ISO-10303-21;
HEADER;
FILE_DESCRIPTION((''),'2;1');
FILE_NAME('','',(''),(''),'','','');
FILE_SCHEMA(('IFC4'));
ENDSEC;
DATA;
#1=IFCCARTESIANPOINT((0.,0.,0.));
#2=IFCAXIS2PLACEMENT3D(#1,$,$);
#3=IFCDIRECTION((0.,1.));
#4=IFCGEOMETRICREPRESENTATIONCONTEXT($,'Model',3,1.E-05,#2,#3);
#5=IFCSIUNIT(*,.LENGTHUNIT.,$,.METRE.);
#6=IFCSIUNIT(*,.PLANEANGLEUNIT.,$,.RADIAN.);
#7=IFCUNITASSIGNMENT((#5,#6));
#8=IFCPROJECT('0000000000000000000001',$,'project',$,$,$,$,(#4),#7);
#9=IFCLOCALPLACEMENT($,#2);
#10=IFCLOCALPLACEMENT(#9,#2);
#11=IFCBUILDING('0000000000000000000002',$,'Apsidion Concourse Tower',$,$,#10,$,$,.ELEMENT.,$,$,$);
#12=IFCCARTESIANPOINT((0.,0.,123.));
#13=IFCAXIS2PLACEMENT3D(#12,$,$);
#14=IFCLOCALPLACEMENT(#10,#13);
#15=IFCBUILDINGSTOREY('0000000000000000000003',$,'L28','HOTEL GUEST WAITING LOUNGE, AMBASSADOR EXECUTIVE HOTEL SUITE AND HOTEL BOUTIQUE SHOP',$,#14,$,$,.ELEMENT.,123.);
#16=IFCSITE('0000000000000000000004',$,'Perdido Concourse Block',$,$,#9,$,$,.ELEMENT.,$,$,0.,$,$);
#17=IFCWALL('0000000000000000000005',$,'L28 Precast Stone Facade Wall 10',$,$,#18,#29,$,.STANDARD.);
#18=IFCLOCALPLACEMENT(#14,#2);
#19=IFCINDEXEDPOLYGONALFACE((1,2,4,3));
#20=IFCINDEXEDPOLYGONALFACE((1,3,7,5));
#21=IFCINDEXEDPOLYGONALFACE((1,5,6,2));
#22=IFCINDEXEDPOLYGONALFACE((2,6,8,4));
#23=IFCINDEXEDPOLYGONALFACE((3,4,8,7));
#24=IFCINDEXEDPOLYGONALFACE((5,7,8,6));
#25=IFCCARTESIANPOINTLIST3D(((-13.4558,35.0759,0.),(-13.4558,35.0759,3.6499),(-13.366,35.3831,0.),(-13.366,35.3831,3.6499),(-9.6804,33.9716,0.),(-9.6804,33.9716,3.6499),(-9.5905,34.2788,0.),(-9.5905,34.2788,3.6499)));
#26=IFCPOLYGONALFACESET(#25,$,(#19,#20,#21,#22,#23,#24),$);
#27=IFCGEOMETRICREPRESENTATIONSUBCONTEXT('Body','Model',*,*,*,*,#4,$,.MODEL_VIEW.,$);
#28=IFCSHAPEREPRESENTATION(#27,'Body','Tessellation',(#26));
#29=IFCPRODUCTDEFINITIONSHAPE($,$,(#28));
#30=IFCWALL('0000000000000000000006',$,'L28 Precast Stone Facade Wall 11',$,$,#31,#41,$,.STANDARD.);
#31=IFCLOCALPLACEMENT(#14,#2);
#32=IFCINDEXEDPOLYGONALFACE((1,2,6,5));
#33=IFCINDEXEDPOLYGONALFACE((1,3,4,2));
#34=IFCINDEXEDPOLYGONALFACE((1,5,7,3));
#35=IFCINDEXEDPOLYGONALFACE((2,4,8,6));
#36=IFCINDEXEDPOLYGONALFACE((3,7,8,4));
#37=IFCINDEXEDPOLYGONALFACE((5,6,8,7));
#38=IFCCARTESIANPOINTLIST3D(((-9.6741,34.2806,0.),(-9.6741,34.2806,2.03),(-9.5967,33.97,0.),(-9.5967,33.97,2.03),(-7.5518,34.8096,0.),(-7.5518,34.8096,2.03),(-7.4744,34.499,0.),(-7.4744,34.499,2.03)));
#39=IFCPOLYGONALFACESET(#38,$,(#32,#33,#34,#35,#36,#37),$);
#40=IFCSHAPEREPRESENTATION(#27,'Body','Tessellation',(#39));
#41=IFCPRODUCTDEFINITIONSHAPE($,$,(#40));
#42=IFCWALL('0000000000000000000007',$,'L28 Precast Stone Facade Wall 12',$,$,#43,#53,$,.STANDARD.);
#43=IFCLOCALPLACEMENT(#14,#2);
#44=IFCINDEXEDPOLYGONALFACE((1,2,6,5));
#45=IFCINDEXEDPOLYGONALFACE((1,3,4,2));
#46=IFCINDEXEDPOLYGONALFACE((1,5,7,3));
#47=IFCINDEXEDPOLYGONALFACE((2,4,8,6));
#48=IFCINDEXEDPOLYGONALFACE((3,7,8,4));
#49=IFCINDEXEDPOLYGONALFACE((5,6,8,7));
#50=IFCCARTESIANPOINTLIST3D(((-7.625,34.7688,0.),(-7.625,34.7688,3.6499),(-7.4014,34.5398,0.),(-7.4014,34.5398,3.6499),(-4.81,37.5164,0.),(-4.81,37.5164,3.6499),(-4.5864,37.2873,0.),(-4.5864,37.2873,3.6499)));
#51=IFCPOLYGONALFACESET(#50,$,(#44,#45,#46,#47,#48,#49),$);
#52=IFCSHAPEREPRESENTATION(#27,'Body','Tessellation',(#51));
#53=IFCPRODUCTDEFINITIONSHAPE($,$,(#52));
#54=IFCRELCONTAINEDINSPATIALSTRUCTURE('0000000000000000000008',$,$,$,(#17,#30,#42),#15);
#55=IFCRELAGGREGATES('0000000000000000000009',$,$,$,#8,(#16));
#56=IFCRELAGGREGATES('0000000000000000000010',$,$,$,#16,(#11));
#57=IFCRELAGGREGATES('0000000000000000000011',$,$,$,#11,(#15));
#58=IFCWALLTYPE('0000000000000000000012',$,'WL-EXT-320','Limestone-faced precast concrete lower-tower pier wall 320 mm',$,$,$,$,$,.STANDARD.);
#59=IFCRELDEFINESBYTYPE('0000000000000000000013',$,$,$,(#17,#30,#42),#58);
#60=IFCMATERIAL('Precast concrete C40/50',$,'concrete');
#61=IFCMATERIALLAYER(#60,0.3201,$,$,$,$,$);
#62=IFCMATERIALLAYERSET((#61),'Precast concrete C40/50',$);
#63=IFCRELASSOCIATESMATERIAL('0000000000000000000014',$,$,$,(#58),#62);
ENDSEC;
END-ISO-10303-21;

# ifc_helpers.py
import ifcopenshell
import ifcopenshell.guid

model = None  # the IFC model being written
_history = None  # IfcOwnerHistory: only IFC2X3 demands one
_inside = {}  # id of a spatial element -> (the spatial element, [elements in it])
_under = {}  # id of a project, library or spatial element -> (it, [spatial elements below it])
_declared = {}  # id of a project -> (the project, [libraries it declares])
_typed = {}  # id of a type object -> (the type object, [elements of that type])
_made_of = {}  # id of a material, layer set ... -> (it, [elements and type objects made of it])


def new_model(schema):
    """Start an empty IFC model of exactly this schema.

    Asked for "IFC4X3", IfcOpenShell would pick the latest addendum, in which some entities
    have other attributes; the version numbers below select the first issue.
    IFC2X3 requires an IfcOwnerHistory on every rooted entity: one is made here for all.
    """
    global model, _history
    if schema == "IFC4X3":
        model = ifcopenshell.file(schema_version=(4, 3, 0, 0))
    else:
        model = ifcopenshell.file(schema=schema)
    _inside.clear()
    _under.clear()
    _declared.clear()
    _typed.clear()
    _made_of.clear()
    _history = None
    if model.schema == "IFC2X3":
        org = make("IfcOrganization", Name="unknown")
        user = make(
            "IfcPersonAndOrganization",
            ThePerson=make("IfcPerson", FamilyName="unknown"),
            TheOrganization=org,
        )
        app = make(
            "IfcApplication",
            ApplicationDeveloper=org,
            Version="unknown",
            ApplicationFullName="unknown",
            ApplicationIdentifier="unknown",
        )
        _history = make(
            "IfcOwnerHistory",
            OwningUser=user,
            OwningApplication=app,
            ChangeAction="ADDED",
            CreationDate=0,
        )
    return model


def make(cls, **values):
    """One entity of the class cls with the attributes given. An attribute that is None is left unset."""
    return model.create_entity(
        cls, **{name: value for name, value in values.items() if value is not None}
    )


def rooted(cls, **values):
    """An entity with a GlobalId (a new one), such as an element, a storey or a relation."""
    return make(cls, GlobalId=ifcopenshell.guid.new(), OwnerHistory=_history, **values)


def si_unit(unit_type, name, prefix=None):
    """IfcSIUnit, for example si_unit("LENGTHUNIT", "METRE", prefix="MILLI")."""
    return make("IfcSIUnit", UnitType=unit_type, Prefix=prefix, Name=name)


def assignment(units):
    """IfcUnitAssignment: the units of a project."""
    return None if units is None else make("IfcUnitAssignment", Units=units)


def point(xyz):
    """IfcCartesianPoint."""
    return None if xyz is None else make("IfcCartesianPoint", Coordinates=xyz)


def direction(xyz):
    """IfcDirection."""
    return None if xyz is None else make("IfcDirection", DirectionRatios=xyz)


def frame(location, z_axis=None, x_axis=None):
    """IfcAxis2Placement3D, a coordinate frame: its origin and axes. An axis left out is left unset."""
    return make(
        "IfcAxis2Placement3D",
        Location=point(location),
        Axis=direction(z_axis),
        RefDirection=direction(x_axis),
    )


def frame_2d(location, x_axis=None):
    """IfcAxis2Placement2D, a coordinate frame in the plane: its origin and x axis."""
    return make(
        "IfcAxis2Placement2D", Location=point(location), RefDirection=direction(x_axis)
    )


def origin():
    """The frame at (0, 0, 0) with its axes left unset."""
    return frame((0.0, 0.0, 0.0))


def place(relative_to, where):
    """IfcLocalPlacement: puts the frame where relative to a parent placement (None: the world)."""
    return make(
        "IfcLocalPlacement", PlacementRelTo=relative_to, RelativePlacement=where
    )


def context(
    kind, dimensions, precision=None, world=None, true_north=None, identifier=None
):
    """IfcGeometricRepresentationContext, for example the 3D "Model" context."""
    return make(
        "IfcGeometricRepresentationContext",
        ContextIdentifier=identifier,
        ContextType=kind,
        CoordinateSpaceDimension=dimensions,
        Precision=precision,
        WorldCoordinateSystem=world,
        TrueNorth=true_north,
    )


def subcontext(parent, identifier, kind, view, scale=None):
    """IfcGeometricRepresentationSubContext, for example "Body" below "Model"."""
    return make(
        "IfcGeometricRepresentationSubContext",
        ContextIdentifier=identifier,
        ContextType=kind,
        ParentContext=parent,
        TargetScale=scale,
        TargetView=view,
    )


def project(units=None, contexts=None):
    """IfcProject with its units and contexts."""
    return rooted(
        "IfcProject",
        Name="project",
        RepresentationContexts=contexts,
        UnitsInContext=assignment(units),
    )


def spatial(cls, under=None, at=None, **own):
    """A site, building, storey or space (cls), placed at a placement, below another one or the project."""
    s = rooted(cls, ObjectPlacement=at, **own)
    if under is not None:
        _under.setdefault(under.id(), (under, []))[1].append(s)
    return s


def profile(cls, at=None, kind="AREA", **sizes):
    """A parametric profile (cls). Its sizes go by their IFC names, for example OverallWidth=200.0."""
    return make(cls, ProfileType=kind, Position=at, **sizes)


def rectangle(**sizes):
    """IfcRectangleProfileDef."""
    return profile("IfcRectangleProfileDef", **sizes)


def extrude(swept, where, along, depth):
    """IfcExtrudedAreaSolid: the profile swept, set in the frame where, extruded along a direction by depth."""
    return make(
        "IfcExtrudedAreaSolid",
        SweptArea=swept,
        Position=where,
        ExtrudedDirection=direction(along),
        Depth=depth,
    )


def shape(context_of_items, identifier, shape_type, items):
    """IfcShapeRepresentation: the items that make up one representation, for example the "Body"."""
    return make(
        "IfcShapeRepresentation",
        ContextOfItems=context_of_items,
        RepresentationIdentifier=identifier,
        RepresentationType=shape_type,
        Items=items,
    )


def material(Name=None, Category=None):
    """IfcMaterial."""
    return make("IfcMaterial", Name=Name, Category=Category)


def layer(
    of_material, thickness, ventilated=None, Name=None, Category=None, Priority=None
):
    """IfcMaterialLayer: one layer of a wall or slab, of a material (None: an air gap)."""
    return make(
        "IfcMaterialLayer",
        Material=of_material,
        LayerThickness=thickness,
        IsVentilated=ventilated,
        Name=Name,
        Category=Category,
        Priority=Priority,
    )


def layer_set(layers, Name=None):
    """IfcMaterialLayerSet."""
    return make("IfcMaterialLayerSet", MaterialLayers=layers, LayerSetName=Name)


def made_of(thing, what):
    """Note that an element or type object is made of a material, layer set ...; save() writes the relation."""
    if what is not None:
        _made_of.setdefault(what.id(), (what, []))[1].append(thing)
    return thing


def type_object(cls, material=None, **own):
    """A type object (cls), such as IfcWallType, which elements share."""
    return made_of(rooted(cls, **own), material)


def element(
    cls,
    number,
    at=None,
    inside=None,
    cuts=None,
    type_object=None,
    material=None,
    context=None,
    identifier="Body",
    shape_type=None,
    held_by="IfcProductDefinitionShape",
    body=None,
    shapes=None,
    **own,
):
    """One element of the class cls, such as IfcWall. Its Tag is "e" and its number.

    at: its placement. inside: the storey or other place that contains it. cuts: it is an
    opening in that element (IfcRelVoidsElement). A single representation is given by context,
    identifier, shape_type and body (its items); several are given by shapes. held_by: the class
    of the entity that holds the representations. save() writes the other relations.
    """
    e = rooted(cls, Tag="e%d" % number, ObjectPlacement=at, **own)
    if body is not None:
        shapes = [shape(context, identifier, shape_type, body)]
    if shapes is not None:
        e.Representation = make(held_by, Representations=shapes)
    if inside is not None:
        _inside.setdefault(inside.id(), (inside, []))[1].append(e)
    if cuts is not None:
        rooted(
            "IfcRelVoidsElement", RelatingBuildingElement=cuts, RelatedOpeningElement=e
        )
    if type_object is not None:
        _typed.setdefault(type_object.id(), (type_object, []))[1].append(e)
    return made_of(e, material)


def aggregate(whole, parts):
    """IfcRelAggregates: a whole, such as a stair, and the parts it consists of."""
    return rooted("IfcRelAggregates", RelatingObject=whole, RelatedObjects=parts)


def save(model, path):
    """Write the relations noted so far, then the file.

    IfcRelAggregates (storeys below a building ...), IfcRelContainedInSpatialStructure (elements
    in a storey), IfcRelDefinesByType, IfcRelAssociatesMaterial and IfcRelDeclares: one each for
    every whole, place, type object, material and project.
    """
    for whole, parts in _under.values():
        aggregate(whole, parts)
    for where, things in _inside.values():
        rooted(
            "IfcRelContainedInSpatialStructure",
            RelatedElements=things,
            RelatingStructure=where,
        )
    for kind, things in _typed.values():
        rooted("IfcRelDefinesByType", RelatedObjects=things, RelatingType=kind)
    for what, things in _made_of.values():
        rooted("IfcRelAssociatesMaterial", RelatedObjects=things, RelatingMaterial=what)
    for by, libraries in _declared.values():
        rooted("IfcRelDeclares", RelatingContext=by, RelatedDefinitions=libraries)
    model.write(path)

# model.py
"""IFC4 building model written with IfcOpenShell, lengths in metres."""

from ifc_helpers import new_model, si_unit, direction, frame, frame_2d, origin, place, context, subcontext, project, spatial, rectangle, extrude, material, layer, layer_set, type_object, element, save


model = new_model("IFC4")

# Units and contexts
model_context = context("Model", 3, precision=1e-05, world=origin(), true_north=direction((0.0, 1.0)))
body_context = subcontext(model_context, "Body", "Model", "MODEL_VIEW")
ifc_project = project(units=[si_unit("LENGTHUNIT", "METRE"), si_unit("PLANEANGLEUNIT", "RADIAN")], contexts=[model_context])

# Site, building, storey
site_placement = place(None, origin())
site = spatial("IfcSite", under=ifc_project, at=site_placement, Name="Perdido Concourse Block", CompositionType="ELEMENT", RefElevation=0.0)
building_placement = place(site_placement, origin())
building = spatial("IfcBuilding", under=site, at=building_placement, Name="Apsidion Concourse Tower", CompositionType="ELEMENT")
storey_placement = place(building_placement, frame((0.0, 0.0, 123.0)))
storey = spatial("IfcBuildingStorey", under=building, at=storey_placement, Name="L28", Description="HOTEL GUEST WAITING LOUNGE, AMBASSADOR EXECUTIVE HOTEL SUITE AND HOTEL BOUTIQUE SHOP", CompositionType="ELEMENT", Elevation=123.0)

# Shared definitions
ifc_material_1 = material(Name="Precast concrete C40/50", Category="concrete")
ifc_layer_1 = layer(ifc_material_1, 0.3201)
ifc_layer_set_1 = layer_set([ifc_layer_1], Name="Precast concrete C40/50")
wall_type = type_object("IfcWallType", Name="WL-EXT-320", Description="Limestone-faced precast concrete lower-tower pier wall 320 mm", PredefinedType="STANDARD", material=ifc_layer_set_1)

# Walls
wall_1_placement = place(storey_placement, frame((-13.4109, 35.2295, 0.0), z_axis=(0.0, 0.0, 1.0), x_axis=(0.959788, -0.280724, 0.0)))
element("IfcWall", 1, at=wall_1_placement, inside=storey, type_object=wall_type, Name="L28 Precast Stone Facade Wall 10", PredefinedType="STANDARD", context=body_context, shape_type="SweptSolid", body=[
    extrude(rectangle(XDim=3.9336, YDim=0.3201, at=frame_2d((1.9668, 0.0))), origin(), (0.0, 0.0, 1.0), 3.6499),
])
wall_2_placement = place(storey_placement, frame((-9.6355, 34.1252, 0.0), z_axis=(0.0, 0.0, 1.0), x_axis=(0.970306, 0.241879, 0.0)))
element("IfcWall", 2, at=wall_2_placement, inside=storey, type_object=wall_type, Name="L28 Precast Stone Facade Wall 11", PredefinedType="STANDARD", context=body_context, shape_type="SweptSolid", body=[
    extrude(rectangle(XDim=2.1873, YDim=0.3201, at=frame_2d((1.0938, 0.0))), origin(), (0.0, 0.0, 1.0), 2.03),
])
wall_3_placement = place(storey_placement, frame((-7.5132, 34.6543, 0.0), z_axis=(0.0, 0.0, 1.0), x_axis=(0.71562, 0.69849, 0.0)))
element("IfcWall", 3, at=wall_3_placement, inside=storey, type_object=wall_type, Name="L28 Precast Stone Facade Wall 12", PredefinedType="STANDARD", context=body_context, shape_type="SweptSolid", body=[
    extrude(rectangle(XDim=3.9336, YDim=0.3201, at=frame_2d((1.9668, 0.0))), origin(), (0.0, 0.0, 1.0), 3.6499),
])

save(model, "model.ifc")
